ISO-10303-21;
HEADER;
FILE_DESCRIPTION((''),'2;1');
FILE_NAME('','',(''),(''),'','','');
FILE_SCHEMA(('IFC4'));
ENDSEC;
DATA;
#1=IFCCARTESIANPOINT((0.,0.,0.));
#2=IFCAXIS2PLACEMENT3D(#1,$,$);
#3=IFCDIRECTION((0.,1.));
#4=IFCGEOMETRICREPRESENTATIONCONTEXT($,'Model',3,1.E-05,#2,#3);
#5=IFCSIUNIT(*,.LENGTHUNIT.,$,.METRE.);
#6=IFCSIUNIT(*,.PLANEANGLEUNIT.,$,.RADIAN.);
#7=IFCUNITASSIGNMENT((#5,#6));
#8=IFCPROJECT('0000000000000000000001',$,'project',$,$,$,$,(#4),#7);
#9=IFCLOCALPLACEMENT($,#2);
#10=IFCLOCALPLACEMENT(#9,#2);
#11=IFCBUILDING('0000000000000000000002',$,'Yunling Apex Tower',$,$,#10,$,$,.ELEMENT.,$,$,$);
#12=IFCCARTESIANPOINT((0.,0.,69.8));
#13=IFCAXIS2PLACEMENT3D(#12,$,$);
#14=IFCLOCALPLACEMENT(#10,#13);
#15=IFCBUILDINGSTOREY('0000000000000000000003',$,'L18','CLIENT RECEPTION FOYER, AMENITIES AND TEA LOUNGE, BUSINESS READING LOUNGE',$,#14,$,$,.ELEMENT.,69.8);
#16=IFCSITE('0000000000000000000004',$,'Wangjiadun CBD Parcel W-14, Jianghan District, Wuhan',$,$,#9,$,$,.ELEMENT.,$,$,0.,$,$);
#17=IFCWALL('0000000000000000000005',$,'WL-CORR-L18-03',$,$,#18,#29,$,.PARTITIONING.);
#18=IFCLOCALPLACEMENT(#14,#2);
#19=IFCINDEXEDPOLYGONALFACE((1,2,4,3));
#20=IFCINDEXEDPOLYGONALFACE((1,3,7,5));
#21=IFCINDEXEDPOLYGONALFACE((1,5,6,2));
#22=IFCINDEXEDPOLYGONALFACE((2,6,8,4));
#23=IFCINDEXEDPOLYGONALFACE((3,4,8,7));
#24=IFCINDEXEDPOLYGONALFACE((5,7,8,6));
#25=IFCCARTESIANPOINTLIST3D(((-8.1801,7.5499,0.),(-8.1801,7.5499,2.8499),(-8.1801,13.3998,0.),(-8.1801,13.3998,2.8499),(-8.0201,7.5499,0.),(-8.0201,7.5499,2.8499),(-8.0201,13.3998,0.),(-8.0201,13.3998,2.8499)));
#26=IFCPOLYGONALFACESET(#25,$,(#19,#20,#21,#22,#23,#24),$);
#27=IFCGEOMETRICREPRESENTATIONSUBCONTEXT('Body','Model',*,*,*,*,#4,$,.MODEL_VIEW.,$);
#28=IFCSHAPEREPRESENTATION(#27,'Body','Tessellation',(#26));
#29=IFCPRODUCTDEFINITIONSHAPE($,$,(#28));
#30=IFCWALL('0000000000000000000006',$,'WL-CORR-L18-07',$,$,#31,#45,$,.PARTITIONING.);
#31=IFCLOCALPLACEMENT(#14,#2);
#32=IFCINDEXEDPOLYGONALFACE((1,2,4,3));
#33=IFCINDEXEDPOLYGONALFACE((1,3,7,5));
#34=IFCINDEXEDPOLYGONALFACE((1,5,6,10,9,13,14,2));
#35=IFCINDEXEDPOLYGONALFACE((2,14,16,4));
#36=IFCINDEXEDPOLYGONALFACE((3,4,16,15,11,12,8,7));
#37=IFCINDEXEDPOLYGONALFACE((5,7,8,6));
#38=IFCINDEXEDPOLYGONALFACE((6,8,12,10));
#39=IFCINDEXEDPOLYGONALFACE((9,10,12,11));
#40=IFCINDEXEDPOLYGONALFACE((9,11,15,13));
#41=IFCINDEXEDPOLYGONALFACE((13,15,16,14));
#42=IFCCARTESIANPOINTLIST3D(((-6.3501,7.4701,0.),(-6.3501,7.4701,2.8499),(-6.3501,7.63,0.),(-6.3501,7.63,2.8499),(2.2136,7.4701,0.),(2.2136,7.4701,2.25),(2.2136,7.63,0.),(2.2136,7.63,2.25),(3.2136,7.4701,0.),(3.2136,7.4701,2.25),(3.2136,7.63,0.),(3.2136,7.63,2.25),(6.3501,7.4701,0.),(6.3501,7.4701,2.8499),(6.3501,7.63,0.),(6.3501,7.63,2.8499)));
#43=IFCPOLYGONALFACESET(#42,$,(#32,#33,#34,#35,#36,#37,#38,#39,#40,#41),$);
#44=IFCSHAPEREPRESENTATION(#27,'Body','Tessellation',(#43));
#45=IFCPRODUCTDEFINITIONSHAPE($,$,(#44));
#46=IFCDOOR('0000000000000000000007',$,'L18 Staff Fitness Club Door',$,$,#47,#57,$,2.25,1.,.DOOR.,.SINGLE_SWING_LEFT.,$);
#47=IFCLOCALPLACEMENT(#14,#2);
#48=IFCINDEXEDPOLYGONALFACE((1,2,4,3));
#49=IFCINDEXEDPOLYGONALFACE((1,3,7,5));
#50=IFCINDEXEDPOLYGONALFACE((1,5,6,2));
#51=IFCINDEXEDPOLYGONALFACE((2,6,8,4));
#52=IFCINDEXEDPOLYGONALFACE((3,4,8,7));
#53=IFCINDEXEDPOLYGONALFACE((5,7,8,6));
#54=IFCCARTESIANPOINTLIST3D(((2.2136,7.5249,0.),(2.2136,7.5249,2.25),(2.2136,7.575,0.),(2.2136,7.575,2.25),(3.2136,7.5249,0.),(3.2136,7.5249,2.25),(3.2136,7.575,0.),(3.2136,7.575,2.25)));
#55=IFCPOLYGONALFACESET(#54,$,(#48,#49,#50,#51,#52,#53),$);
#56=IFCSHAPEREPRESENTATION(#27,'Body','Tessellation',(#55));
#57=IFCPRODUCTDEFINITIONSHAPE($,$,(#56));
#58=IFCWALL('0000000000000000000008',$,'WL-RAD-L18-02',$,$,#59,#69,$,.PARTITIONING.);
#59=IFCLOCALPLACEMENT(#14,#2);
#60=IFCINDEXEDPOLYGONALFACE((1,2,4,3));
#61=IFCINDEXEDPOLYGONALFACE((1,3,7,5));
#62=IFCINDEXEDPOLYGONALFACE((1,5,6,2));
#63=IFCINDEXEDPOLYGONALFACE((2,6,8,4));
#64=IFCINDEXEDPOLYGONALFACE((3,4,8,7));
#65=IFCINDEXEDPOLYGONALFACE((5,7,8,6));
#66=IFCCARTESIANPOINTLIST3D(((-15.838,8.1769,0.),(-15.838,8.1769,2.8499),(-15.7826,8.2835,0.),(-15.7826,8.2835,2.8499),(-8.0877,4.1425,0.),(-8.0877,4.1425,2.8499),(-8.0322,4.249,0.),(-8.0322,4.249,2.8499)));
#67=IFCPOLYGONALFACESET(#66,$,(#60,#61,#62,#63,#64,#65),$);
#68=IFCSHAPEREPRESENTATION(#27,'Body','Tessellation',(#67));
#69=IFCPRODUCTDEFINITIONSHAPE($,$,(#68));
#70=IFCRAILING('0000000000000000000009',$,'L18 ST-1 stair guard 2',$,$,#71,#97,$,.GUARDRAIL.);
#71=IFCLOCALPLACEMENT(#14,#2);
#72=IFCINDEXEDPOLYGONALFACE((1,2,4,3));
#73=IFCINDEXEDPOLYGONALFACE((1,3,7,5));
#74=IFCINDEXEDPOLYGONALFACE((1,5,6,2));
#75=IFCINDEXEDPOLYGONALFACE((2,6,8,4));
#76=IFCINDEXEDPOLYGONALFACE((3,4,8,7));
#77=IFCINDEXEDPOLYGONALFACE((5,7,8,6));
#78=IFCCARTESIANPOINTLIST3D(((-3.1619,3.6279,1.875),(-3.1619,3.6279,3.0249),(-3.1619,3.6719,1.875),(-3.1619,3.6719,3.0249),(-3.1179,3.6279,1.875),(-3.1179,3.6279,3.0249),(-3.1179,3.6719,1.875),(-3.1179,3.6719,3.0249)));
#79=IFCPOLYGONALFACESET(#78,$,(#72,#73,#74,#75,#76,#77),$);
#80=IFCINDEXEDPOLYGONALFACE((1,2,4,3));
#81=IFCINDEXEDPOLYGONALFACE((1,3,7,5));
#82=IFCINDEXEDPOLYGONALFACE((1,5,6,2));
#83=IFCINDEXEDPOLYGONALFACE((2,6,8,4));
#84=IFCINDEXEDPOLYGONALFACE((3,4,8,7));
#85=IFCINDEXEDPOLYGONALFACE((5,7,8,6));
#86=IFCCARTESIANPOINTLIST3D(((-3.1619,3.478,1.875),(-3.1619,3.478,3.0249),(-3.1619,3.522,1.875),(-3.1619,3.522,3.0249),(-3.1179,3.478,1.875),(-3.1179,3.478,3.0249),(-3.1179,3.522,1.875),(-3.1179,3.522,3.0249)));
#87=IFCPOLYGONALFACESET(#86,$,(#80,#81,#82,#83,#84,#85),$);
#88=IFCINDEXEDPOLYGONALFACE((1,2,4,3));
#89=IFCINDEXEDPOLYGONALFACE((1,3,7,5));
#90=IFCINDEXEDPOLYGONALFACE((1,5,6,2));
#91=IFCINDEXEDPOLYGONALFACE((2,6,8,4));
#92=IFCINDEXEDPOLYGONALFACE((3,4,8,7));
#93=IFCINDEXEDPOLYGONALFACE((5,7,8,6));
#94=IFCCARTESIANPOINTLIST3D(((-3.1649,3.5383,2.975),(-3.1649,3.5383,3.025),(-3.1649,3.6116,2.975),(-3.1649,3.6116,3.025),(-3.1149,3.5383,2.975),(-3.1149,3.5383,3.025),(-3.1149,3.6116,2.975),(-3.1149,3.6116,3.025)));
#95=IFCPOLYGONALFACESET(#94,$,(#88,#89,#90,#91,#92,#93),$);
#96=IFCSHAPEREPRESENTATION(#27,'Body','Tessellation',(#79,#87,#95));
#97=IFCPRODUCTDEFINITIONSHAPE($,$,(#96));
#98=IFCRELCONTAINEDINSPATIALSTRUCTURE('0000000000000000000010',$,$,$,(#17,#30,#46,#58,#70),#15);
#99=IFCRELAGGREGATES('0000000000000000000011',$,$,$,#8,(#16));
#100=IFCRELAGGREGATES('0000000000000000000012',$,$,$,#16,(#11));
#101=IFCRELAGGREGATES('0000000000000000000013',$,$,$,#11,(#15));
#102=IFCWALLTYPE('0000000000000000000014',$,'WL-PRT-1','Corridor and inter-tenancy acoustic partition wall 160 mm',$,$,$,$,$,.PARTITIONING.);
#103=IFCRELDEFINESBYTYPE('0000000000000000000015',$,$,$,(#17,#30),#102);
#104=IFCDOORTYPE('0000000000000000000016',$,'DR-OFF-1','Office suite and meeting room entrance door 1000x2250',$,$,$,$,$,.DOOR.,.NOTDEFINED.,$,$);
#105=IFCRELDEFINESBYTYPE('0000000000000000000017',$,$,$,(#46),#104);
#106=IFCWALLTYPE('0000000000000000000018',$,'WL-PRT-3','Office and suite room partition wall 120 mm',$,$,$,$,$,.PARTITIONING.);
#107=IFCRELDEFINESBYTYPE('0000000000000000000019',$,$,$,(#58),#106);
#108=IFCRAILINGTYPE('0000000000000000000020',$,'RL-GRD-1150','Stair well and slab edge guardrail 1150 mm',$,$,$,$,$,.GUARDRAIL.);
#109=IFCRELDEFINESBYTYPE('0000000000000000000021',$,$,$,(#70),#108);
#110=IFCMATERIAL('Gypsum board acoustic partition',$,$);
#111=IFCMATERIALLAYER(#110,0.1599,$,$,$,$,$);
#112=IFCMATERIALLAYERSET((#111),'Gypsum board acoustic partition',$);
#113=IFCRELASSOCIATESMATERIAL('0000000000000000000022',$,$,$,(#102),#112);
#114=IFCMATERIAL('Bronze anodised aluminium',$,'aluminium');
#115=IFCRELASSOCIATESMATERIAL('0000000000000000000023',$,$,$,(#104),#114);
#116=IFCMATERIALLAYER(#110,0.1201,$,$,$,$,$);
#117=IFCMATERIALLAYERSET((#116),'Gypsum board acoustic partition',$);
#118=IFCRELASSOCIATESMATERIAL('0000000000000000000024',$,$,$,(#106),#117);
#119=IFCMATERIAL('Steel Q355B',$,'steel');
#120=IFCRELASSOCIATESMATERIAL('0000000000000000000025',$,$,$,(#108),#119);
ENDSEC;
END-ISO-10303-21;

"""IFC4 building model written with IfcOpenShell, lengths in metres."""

from ifc_helpers import new_model, si_unit, direction, frame, frame_2d, origin, origin_2d, place, context, subcontext, project, spatial, rectangle, extrude, material, layer, layer_set, type_object, element, fill, save


model = new_model("IFC4")

# Units and contexts
model_context = context("Model", 3, precision=1e-05, world=origin(), true_north=direction((0.0, 1.0)))
body_context = subcontext(model_context, "Body", "Model", "MODEL_VIEW")
ifc_project = project(units=[si_unit("LENGTHUNIT", "METRE"), si_unit("PLANEANGLEUNIT", "RADIAN")], contexts=[model_context])

# Site, building, storey
site_placement = place(None, origin())
site = spatial("IfcSite", under=ifc_project, at=site_placement, Name="Wangjiadun CBD Parcel W-14, Jianghan District, Wuhan", CompositionType="ELEMENT", RefElevation=0.0)
building_placement = place(site_placement, origin())
building = spatial("IfcBuilding", under=site, at=building_placement, Name="Yunling Apex Tower", CompositionType="ELEMENT")
storey_placement = place(building_placement, frame((0.0, 0.0, 69.8)))
storey = spatial("IfcBuildingStorey", under=building, at=storey_placement, Name="L18", Description="CLIENT RECEPTION FOYER, AMENITIES AND TEA LOUNGE, BUSINESS READING LOUNGE", CompositionType="ELEMENT", Elevation=69.8)

# Shared definitions
ifc_material_1 = material(Name="Steel Q355B", Category="steel")

# Wall
ifc_material_2 = material(Name="Gypsum board acoustic partition")
ifc_layer_1 = layer(ifc_material_2, 0.1599)
ifc_layer_set_1 = layer_set([ifc_layer_1], Name="Gypsum board acoustic partition")
wall_type_1 = type_object("IfcWallType", Name="WL-PRT-1", Description="Corridor and inter-tenancy acoustic partition wall 160 mm", PredefinedType="PARTITIONING", material=ifc_layer_set_1)
wall_1_placement = place(storey_placement, frame((-8.1001, 7.55, 0.0), z_axis=(0.0, 0.0, 1.0), x_axis=(0.0, 1.0, 0.0)))
element("IfcWall", 1, at=wall_1_placement, inside=storey, type_object=wall_type_1, Name="WL-CORR-L18-03", PredefinedType="PARTITIONING", context=body_context, shape_type="SweptSolid", body=[
    extrude(rectangle(XDim=5.8499, YDim=0.1599, at=frame_2d((2.9248, 0.0))), origin(), (0.0, 0.0, 1.0), 2.8499),
])

# Wall, opening, door
wall_2_placement = place(storey_placement, frame((-6.3501, 7.55, 0.0), z_axis=(0.0, 0.0, 1.0), x_axis=(1.0, 0.0, 0.0)))
wall_2 = element("IfcWall", 2, at=wall_2_placement, inside=storey, type_object=wall_type_1, Name="WL-CORR-L18-07", PredefinedType="PARTITIONING", context=body_context, shape_type="SweptSolid", body=[
    extrude(rectangle(XDim=12.7002, YDim=0.1599, at=frame_2d((6.3501, 0.0))), origin(), (0.0, 0.0, 1.0), 2.8499),
])
opening_1_placement = place(wall_2_placement, frame((8.5637, 0.0, 0.0)))
opening_1 = element("IfcOpeningElement", 3, at=opening_1_placement, cuts=wall_2, PredefinedType="OPENING", context=body_context, shape_type="SweptSolid", body=[
    extrude(rectangle(XDim=1.0, YDim=2.25, at=frame_2d((0.5, 1.125))), frame((0.0, 0.0898, 0.0), z_axis=(0.0, -1.0, 0.0), x_axis=(1.0, 0.0, 0.0)), (0.0, 0.0, 1.0), 0.1799),
])
ifc_material_3 = material(Name="Bronze anodised aluminium", Category="aluminium")
door_type_1 = type_object("IfcDoorType", Name="DR-OFF-1", Description="Office suite and meeting room entrance door 1000x2250", OperationType="NOTDEFINED", PredefinedType="DOOR", material=ifc_material_3)
door_1_placement = place(opening_1_placement, origin())
door_1 = element("IfcDoor", 4, at=door_1_placement, inside=storey, type_object=door_type_1, Name="L18 Staff Fitness Club Door", OperationType="SINGLE_SWING_LEFT", OverallHeight=2.25, OverallWidth=1.0, PredefinedType="DOOR", context=body_context, shape_type="SweptSolid", body=[
    extrude(rectangle(XDim=1.0, YDim=2.25, at=frame_2d((0.5, 1.125))), frame((0.0, 0.0249, 0.0), z_axis=(0.0, -1.0, 0.0), x_axis=(1.0, 0.0, 0.0)), (0.0, 0.0, 1.0), 0.05),
])
fill(opening_1, door_1)

# Wall
ifc_layer_2 = layer(ifc_material_2, 0.1201)
ifc_layer_set_2 = layer_set([ifc_layer_2], Name="Gypsum board acoustic partition")
wall_type_2 = type_object("IfcWallType", Name="WL-PRT-3", Description="Office and suite room partition wall 120 mm", PredefinedType="PARTITIONING", material=ifc_layer_set_2)
wall_3_placement = place(storey_placement, frame((-8.0601, 4.1958, 0.0), z_axis=(0.0, 0.0, 1.0), x_axis=(-0.887015, 0.46174, 0.0)))
element("IfcWall", 5, at=wall_3_placement, inside=storey, type_object=wall_type_2, Name="WL-RAD-L18-02", PredefinedType="PARTITIONING", context=body_context, shape_type="SweptSolid", body=[
    extrude(rectangle(XDim=8.7375, YDim=0.1201, at=frame_2d((4.3687, 0.0))), origin(), (0.0, 0.0, 1.0), 2.8499),
])

# Railing
railing_type = type_object("IfcRailingType", Name="RL-GRD-1150", Description="Stair well and slab edge guardrail 1150 mm", PredefinedType="GUARDRAIL", material=ifc_material_1)
railing_placement = place(storey_placement, frame((-3.1399, 3.6499, 1.875)))
element("IfcRailing", 6, at=railing_placement, inside=storey, type_object=railing_type, Name="L18 ST-1 stair guard 2", PredefinedType="GUARDRAIL", context=body_context, shape_type="SweptSolid", body=[
    extrude(rectangle(XDim=0.0439, YDim=0.0439, at=origin_2d()), origin(), (0.0, 0.0, 1.0), 1.1499),
    extrude(rectangle(XDim=0.0439, YDim=0.0439, at=origin_2d()), frame((0.0, -0.1499, 0.0)), (0.0, 0.0, 1.0), 1.1499),
    extrude(rectangle(XDim=0.05, YDim=0.05, at=origin_2d()), frame((0.0, -0.0383, 1.125), z_axis=(0.0, -1.0, 0.0), x_axis=(1.0, 0.0, 0.0)), (0.0, 0.0, 1.0), 0.0732),
])

save(model, "model.ifc")
